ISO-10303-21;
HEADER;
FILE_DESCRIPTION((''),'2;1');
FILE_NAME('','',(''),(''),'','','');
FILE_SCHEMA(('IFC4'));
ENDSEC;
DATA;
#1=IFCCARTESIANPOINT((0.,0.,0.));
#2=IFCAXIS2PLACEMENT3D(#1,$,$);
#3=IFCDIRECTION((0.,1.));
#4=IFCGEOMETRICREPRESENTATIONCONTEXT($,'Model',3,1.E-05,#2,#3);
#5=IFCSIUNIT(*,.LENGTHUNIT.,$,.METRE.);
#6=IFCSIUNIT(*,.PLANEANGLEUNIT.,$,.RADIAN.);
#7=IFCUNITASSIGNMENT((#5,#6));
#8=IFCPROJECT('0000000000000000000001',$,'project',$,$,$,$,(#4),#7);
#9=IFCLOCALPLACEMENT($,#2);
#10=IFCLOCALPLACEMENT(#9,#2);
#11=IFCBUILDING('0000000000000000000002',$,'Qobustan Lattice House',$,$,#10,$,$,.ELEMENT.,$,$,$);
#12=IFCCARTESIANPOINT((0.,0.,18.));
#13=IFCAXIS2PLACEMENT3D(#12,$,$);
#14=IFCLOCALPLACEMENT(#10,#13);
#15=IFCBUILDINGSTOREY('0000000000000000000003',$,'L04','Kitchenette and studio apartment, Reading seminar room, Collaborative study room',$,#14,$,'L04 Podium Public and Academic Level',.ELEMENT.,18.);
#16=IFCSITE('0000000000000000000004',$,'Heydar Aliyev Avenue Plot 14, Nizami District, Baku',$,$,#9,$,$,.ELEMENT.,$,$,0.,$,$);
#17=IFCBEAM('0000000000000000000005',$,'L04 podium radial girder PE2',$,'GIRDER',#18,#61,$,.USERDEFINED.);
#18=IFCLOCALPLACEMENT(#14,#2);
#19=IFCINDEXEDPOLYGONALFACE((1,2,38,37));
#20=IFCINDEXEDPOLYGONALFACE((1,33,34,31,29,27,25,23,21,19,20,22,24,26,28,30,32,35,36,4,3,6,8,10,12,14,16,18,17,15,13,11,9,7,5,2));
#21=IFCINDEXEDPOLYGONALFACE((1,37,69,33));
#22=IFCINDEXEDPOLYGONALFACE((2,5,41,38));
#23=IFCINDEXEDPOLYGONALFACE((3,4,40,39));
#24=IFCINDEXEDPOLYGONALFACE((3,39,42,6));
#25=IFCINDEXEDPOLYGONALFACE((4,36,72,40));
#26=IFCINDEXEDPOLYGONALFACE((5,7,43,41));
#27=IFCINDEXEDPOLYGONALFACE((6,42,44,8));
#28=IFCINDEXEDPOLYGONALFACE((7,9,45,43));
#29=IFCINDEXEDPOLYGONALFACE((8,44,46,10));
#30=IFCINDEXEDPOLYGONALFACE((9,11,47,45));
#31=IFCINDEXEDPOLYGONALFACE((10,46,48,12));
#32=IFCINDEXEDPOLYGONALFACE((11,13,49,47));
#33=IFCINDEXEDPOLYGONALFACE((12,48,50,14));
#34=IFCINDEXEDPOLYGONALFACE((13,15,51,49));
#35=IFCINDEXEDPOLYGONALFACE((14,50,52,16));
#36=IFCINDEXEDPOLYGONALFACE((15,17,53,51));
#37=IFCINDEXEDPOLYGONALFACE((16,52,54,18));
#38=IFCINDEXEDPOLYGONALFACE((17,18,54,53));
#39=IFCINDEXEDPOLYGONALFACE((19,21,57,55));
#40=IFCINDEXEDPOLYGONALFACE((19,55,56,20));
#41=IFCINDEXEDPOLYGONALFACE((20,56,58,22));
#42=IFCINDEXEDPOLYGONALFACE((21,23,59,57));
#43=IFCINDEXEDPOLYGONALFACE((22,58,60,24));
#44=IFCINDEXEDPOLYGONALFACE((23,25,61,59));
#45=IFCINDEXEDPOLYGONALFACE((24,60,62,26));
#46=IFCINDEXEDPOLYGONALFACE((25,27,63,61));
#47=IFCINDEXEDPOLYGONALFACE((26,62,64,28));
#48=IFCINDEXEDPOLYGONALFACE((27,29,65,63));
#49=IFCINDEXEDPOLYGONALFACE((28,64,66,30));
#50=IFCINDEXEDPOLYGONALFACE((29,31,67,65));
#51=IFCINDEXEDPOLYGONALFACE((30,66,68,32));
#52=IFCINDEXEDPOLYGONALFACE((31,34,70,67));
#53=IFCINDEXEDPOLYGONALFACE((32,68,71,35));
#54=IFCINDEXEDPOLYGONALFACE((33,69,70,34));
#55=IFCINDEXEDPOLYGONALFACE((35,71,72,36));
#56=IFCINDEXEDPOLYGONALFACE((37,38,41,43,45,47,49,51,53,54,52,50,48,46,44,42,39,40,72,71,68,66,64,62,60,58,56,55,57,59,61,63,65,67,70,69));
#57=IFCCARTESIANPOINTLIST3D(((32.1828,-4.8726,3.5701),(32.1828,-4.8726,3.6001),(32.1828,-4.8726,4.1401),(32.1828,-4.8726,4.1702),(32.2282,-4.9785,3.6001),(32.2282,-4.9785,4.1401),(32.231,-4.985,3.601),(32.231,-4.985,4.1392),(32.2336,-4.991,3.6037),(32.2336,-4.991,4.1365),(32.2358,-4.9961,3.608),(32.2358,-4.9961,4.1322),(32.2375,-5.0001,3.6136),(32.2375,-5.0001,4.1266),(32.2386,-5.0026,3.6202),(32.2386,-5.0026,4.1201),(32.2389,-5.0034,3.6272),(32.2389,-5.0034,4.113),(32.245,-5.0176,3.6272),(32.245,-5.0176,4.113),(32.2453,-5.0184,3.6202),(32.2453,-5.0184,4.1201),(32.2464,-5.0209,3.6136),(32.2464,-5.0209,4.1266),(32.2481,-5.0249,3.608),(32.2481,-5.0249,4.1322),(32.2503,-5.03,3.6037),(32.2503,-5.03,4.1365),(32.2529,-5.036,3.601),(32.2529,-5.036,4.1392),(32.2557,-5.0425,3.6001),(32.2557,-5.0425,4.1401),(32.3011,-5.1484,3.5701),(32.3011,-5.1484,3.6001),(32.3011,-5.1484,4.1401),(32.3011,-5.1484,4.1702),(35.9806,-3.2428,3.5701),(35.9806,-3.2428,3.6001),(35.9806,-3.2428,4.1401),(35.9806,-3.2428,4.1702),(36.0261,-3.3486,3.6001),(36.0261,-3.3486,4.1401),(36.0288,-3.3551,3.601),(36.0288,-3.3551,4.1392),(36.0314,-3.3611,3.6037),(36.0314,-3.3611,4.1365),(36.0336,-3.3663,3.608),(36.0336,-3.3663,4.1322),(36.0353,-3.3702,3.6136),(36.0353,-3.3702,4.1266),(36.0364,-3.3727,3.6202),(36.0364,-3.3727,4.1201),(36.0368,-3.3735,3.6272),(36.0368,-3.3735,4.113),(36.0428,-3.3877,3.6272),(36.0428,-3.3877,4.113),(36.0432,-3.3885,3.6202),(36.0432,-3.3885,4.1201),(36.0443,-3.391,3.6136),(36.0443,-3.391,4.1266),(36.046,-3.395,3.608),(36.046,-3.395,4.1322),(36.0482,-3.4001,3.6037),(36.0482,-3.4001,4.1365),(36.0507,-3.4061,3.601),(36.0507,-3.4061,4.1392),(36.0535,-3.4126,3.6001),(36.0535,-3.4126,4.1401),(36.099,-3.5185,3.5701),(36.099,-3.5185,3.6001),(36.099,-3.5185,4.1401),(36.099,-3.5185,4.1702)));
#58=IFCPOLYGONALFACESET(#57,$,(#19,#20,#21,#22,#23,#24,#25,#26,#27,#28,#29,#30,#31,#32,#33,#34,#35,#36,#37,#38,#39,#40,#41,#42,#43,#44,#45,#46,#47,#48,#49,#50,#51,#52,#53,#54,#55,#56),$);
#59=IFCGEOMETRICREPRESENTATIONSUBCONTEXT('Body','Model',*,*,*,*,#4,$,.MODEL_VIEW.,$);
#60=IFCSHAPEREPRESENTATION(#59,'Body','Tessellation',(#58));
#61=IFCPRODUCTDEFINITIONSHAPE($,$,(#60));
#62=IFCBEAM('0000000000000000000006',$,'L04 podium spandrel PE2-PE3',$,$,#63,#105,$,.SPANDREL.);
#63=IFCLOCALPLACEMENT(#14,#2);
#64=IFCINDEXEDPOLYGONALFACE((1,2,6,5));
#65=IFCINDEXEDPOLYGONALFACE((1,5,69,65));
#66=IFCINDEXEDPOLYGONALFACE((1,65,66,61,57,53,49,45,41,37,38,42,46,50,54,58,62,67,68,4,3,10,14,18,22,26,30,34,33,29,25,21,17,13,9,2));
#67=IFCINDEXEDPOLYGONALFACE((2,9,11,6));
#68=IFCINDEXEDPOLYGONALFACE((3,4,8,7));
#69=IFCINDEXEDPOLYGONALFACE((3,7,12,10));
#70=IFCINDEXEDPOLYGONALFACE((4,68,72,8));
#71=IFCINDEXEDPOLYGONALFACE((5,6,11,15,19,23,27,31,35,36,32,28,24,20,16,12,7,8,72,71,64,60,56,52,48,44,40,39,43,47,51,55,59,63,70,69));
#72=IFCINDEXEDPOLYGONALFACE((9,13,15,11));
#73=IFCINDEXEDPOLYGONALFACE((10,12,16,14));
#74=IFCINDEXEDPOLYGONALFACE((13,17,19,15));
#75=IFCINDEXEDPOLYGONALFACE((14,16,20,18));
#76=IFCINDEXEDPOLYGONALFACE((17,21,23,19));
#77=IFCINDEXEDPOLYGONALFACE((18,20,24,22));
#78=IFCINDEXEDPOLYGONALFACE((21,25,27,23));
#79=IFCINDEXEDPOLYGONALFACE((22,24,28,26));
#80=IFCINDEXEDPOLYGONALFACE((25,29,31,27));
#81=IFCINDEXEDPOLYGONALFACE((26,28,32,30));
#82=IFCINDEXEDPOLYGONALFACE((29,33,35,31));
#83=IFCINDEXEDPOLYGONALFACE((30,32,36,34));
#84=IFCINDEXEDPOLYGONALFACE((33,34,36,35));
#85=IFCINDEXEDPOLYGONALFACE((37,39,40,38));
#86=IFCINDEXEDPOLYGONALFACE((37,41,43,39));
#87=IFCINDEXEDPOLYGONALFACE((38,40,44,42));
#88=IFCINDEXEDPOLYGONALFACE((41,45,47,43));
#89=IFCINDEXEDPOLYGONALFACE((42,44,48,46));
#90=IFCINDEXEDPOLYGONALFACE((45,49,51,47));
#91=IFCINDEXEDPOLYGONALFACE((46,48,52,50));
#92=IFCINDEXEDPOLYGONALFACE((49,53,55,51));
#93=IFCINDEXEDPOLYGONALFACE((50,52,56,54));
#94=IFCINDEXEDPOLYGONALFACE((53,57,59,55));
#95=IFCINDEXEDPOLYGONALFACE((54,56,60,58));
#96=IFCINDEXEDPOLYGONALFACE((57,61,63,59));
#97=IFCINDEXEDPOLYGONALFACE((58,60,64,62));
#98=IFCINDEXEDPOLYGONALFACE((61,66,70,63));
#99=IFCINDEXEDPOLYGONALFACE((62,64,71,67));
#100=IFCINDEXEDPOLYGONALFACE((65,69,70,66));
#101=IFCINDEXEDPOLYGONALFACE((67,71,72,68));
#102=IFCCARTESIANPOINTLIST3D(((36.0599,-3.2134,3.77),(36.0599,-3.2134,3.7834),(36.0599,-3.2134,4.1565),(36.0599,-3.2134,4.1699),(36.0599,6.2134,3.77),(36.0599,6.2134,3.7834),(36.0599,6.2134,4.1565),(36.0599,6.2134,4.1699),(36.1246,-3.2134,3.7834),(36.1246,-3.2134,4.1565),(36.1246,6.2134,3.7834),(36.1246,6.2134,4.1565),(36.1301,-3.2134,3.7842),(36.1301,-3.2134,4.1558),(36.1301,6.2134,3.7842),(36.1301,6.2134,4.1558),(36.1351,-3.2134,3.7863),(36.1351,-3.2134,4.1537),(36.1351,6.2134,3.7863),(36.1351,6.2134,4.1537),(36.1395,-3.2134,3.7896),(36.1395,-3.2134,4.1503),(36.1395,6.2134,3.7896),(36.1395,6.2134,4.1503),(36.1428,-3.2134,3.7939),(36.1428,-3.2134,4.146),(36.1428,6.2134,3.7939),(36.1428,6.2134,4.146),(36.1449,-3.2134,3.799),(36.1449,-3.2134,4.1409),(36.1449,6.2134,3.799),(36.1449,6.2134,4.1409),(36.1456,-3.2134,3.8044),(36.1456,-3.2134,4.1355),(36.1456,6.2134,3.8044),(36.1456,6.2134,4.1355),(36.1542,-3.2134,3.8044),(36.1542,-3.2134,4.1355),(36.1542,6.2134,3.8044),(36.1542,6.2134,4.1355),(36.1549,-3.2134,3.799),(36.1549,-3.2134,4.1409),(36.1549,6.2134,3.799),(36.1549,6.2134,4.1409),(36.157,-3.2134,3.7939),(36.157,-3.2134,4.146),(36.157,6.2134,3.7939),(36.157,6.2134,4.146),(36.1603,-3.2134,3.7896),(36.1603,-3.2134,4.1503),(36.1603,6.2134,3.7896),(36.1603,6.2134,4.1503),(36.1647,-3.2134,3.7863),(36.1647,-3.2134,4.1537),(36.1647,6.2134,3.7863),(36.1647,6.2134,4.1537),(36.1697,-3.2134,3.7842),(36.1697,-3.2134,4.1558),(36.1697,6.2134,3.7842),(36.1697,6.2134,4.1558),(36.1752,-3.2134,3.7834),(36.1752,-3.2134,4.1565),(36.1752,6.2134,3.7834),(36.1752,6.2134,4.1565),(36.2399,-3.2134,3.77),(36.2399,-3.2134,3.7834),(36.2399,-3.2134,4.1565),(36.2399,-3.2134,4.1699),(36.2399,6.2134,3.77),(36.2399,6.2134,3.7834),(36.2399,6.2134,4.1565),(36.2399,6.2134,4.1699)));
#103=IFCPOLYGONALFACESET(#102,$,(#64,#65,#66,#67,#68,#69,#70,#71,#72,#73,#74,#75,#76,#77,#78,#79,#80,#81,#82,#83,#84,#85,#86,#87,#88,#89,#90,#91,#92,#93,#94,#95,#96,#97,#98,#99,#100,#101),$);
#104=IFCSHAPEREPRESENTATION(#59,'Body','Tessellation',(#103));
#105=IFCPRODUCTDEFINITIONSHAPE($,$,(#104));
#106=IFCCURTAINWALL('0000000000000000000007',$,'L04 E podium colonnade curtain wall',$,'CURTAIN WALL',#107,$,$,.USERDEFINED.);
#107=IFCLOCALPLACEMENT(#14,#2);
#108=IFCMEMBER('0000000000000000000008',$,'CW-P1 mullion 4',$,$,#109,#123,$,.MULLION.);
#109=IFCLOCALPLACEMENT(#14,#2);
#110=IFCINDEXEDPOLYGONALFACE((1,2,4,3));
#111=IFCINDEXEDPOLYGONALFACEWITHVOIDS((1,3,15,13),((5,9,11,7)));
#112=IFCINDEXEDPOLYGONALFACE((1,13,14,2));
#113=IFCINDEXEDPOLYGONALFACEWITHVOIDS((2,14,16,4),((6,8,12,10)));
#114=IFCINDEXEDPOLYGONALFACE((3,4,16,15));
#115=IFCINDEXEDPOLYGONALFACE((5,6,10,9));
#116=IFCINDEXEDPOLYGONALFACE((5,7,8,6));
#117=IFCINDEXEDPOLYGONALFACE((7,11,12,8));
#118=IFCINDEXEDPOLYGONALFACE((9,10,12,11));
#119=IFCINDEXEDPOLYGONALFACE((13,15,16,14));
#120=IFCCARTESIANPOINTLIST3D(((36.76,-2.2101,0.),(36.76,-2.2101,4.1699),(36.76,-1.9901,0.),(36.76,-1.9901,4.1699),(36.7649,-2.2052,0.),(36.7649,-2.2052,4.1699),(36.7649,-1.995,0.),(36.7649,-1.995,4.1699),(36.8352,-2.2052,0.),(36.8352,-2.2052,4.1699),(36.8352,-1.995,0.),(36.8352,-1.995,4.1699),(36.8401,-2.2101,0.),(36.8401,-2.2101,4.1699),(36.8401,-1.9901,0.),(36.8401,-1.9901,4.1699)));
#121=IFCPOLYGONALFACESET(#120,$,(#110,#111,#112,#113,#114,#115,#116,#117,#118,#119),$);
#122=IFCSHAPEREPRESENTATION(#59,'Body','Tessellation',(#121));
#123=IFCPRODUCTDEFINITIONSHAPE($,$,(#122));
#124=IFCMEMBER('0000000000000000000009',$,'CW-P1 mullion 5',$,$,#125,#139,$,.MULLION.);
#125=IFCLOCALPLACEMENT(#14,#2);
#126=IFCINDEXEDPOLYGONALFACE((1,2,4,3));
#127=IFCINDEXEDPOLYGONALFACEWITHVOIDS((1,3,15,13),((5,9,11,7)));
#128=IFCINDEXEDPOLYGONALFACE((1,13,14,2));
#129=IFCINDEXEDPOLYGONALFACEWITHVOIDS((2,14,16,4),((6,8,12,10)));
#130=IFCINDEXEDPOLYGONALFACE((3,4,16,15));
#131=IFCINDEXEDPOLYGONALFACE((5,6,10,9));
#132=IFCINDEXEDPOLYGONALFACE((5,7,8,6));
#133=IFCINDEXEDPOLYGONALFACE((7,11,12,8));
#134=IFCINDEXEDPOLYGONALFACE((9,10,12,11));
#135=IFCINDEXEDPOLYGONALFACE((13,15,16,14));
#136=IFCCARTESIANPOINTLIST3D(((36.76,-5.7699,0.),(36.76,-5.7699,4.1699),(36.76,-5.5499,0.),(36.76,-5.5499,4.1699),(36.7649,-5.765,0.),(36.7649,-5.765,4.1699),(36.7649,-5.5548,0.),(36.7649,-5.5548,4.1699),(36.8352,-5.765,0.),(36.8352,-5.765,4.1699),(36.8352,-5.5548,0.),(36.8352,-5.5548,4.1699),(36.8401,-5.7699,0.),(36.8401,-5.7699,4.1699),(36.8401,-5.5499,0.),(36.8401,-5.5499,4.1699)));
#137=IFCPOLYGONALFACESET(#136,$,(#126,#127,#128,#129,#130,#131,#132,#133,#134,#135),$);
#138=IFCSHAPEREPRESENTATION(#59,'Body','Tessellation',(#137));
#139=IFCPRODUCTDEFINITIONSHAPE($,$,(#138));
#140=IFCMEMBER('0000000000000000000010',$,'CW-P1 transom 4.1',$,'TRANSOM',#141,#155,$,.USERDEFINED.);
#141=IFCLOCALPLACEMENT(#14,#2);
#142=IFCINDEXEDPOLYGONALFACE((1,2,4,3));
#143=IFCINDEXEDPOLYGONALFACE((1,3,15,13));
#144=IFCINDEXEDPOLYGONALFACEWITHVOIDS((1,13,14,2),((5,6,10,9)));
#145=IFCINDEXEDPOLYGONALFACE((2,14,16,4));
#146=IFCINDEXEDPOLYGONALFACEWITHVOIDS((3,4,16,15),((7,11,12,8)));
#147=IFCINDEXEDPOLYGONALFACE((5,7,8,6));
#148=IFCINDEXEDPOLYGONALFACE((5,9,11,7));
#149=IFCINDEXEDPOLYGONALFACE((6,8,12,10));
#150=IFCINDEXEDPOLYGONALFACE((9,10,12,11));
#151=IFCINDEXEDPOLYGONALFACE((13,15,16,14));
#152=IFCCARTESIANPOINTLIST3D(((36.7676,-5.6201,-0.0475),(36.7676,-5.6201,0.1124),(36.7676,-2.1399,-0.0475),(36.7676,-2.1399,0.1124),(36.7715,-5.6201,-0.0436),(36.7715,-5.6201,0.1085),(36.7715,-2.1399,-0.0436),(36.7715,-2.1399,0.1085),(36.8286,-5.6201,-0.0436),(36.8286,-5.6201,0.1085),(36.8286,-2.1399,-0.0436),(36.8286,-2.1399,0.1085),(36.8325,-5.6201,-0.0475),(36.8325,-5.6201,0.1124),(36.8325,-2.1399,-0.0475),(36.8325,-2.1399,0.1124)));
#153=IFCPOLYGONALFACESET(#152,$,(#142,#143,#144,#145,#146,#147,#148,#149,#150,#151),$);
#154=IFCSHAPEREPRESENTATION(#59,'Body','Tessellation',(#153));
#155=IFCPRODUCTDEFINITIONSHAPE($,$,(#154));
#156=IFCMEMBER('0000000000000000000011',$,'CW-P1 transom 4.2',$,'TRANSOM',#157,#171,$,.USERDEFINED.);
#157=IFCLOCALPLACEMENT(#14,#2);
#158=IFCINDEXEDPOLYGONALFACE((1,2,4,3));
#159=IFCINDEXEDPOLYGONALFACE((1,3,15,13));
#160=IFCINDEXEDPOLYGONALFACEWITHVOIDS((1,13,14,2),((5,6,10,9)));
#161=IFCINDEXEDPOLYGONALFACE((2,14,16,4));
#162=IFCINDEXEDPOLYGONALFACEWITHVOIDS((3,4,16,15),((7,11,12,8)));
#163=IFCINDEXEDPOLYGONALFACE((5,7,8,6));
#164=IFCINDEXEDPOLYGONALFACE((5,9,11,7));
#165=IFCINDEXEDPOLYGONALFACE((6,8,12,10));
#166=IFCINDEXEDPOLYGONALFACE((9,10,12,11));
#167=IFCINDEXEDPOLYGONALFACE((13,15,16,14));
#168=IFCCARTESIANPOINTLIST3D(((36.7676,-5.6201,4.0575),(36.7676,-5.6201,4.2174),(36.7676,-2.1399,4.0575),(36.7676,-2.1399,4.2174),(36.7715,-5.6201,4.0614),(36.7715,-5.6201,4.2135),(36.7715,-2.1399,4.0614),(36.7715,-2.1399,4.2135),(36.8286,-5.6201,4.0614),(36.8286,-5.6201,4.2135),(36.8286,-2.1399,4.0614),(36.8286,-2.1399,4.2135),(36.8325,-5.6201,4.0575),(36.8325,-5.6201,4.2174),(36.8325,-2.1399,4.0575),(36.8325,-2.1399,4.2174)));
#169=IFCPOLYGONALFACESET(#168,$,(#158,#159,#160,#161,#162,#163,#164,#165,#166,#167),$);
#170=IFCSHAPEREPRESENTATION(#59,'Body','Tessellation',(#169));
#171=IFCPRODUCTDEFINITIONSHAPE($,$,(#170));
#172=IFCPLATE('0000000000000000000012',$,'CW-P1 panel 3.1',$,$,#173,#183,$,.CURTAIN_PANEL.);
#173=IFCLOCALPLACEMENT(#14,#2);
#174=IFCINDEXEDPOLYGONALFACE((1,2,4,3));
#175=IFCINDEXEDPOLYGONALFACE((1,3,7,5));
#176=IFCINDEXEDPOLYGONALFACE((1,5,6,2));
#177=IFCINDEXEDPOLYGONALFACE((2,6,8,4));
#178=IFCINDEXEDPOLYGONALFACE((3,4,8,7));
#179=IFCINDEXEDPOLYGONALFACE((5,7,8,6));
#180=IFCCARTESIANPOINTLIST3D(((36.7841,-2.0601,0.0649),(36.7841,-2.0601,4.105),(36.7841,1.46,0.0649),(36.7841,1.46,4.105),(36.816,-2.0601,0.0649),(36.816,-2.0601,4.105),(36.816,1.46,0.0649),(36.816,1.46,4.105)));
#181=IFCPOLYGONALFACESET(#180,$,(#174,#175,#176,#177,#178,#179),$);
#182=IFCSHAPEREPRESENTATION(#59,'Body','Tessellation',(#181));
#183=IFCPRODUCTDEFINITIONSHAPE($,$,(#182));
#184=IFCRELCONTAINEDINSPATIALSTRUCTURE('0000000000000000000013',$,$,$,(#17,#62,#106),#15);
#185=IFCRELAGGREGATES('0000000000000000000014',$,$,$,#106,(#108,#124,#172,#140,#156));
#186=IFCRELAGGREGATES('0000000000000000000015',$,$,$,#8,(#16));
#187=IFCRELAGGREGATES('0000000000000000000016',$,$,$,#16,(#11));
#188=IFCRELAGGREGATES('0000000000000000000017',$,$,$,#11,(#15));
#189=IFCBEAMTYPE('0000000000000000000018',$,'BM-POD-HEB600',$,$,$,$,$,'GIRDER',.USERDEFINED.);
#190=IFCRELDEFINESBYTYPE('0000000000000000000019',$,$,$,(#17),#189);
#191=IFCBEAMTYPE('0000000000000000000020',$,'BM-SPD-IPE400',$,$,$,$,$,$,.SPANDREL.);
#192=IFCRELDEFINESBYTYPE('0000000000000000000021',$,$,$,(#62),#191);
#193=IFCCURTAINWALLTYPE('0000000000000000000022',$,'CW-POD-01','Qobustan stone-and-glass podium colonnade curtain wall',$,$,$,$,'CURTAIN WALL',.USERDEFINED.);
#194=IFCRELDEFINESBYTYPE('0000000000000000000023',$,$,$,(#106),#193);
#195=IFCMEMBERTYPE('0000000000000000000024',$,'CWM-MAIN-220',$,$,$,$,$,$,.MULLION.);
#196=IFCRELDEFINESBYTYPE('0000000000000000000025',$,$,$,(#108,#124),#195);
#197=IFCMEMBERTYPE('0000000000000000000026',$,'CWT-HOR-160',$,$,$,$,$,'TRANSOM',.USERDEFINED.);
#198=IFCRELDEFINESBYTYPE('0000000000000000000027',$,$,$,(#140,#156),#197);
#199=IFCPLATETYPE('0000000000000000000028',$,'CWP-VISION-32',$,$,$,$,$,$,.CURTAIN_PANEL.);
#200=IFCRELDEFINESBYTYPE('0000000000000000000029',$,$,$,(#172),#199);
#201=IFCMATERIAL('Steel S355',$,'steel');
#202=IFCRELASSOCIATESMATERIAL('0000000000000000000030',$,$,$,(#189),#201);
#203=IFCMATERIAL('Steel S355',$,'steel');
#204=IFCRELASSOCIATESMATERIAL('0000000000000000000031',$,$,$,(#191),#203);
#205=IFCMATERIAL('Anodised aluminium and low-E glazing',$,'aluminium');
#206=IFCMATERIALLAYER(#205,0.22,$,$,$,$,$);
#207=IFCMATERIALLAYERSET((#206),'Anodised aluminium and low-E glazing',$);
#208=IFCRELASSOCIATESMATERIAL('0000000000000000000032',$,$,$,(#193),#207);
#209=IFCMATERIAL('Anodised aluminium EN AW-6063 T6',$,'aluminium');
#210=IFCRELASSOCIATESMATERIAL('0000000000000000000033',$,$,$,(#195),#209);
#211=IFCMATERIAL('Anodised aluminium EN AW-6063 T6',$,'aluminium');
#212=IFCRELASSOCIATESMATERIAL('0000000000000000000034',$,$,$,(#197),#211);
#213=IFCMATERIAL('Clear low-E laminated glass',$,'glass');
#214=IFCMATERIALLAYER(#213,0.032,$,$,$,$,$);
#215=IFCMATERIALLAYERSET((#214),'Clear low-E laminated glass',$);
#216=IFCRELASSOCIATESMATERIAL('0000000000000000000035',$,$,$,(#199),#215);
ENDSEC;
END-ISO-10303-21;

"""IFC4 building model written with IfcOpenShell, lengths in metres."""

from ifc_helpers import new_model, si_unit, direction, frame, origin, origin_2d, place, context, subcontext, project, spatial, rectangle, hollow_rectangle, i_section, extrude, material, layer, layer_set, material_profile, profile_set, type_object, element, aggregate, save


model = new_model("IFC4")

# Units and contexts
model_context = context("Model", 3, precision=1e-05, world=origin(), true_north=direction((0.0, 1.0)))
body_context = subcontext(model_context, "Body", "Model", "MODEL_VIEW")
ifc_project = project(units=[si_unit("LENGTHUNIT", "METRE"), si_unit("PLANEANGLEUNIT", "RADIAN")], contexts=[model_context])

# Site, building, storey
site_placement = place(None, origin())
site = spatial("IfcSite", under=ifc_project, at=site_placement, Name="Heydar Aliyev Avenue Plot 14, Nizami District, Baku", CompositionType="ELEMENT", RefElevation=0.0)
building_placement = place(site_placement, origin())
building = spatial("IfcBuilding", under=site, at=building_placement, Name="Qobustan Lattice House", CompositionType="ELEMENT")
storey_placement = place(building_placement, frame((0.0, 0.0, 18.0)))
storey = spatial("IfcBuildingStorey", under=building, at=storey_placement, Name="L04", Description="Kitchenette and studio apartment, Reading seminar room, Collaborative study room", LongName="L04 Podium Public and Academic Level", CompositionType="ELEMENT", Elevation=18.0)

# Beams
ifc_material_1 = material(Name="Steel S355", Category="steel")
ifc_material_profile_1 = material_profile(ifc_material_1, i_section(OverallWidth=0.3, OverallDepth=0.6001, WebThickness=0.0154, FlangeThickness=0.03, FilletRadius=0.0271, at=origin_2d()), Name="HEB600")
ifc_profile_set_1 = profile_set([ifc_material_profile_1], Name="Steel S355")
beam_type_1 = type_object("IfcBeamType", Name="BM-POD-HEB600", ElementType="GIRDER", PredefinedType="USERDEFINED", material=ifc_profile_set_1)
beam_1_placement = place(storey_placement, frame((36.0398, -3.3806, 3.8701), z_axis=(-0.918949, -0.394376, 0.0), x_axis=(0.394376, -0.918949, 0.0)))
element("IfcBeam", 1, at=beam_1_placement, inside=storey, type_object=beam_type_1, Name="L04 podium radial girder PE2", ObjectType="GIRDER", PredefinedType="USERDEFINED", context=body_context, shape_type="SweptSolid", body=[
    extrude(i_section(OverallWidth=0.3, OverallDepth=0.6001, WebThickness=0.0154, FlangeThickness=0.03, FilletRadius=0.0271, at=origin_2d()), origin(), (0.0, 0.0, 1.0), 4.1328),
])
ifc_material_2 = material(Name="Steel S355", Category="steel")
ifc_material_profile_2 = material_profile(ifc_material_2, i_section(OverallWidth=0.1799, OverallDepth=0.3999, WebThickness=0.0085, FlangeThickness=0.0134, FilletRadius=0.021, at=origin_2d()), Name="IPE400")
ifc_profile_set_2 = profile_set([ifc_material_profile_2], Name="Steel S355")
beam_type_2 = type_object("IfcBeamType", Name="BM-SPD-IPE400", PredefinedType="SPANDREL", material=ifc_profile_set_2)
beam_2_placement = place(storey_placement, frame((36.1499, -3.2134, 3.97), z_axis=(0.0, 1.0, 0.0), x_axis=(-1.0, 0.0, 0.0)))
element("IfcBeam", 2, at=beam_2_placement, inside=storey, type_object=beam_type_2, Name="L04 podium spandrel PE2-PE3", PredefinedType="SPANDREL", context=body_context, shape_type="SweptSolid", body=[
    extrude(i_section(OverallWidth=0.1799, OverallDepth=0.3999, WebThickness=0.0085, FlangeThickness=0.0134, FilletRadius=0.021, at=origin_2d()), origin(), (0.0, 0.0, 1.0), 9.4268),
])

# Curtain wall, members, plate
ifc_material_3 = material(Name="Anodised aluminium and low-E glazing", Category="aluminium")
ifc_layer_1 = layer(ifc_material_3, 0.22)
ifc_layer_set_1 = layer_set([ifc_layer_1], Name="Anodised aluminium and low-E glazing")
curtain_wall_type = type_object("IfcCurtainWallType", Name="CW-POD-01", Description="Qobustan stone-and-glass podium colonnade curtain wall", ElementType="CURTAIN WALL", PredefinedType="USERDEFINED", material=ifc_layer_set_1)
curtain_wall_placement = place(storey_placement, origin())
curtain_wall = element("IfcCurtainWall", 3, at=curtain_wall_placement, inside=storey, type_object=curtain_wall_type, Name="L04 E podium colonnade curtain wall", ObjectType="CURTAIN WALL", PredefinedType="USERDEFINED")
ifc_material_4 = material(Name="Anodised aluminium EN AW-6063 T6", Category="aluminium")
ifc_material_profile_3 = material_profile(ifc_material_4, hollow_rectangle(XDim=0.0801, YDim=0.22, WallThickness=0.0049, at=origin_2d()), Name="CWM-220x80")
ifc_profile_set_3 = profile_set([ifc_material_profile_3], Name="Anodised aluminium EN AW-6063 T6")
member_type_1 = type_object("IfcMemberType", Name="CWM-MAIN-220", PredefinedType="MULLION", material=ifc_profile_set_3)
member_1_placement = place(storey_placement, frame((36.8, -2.1001, 0.0), z_axis=(0.0, 0.0, 1.0), x_axis=(1.0, 0.0, 0.0)))
member_1 = element("IfcMember", 4, at=member_1_placement, type_object=member_type_1, Name="CW-P1 mullion 4", PredefinedType="MULLION", context=body_context, shape_type="SweptSolid", body=[
    extrude(hollow_rectangle(XDim=0.0801, YDim=0.22, WallThickness=0.0049, at=origin_2d()), origin(), (0.0, 0.0, 1.0), 4.1699),
])
member_2_placement = place(storey_placement, frame((36.8, -5.6599, 0.0), z_axis=(0.0, 0.0, 1.0), x_axis=(1.0, 0.0, 0.0)))
member_2 = element("IfcMember", 5, at=member_2_placement, type_object=member_type_1, Name="CW-P1 mullion 5", PredefinedType="MULLION", context=body_context, shape_type="SweptSolid", body=[
    extrude(hollow_rectangle(XDim=0.0801, YDim=0.22, WallThickness=0.0049, at=origin_2d()), origin(), (0.0, 0.0, 1.0), 4.1699),
])
ifc_material_5 = material(Name="Anodised aluminium EN AW-6063 T6", Category="aluminium")
ifc_material_profile_4 = material_profile(ifc_material_5, hollow_rectangle(XDim=0.0649, YDim=0.1599, WallThickness=0.0039, at=origin_2d()), Name="CWT-160x65")
ifc_profile_set_4 = profile_set([ifc_material_profile_4], Name="Anodised aluminium EN AW-6063 T6")
member_type_2 = type_object("IfcMemberType", Name="CWT-HOR-160", ElementType="TRANSOM", PredefinedType="USERDEFINED", material=ifc_profile_set_4)
member_3_placement = place(storey_placement, frame((36.8, -2.1399, 0.0325), z_axis=(0.0, -1.0, 0.0), x_axis=(1.0, 0.0, 0.0)))
member_3 = element("IfcMember", 6, at=member_3_placement, type_object=member_type_2, Name="CW-P1 transom 4.1", ObjectType="TRANSOM", PredefinedType="USERDEFINED", context=body_context, shape_type="SweptSolid", body=[
    extrude(hollow_rectangle(XDim=0.0649, YDim=0.1599, WallThickness=0.0039, at=origin_2d()), origin(), (0.0, 0.0, 1.0), 3.4802),
])
member_4_placement = place(storey_placement, frame((36.8, -2.1399, 4.1375), z_axis=(0.0, -1.0, 0.0), x_axis=(1.0, 0.0, 0.0)))
member_4 = element("IfcMember", 7, at=member_4_placement, type_object=member_type_2, Name="CW-P1 transom 4.2", ObjectType="TRANSOM", PredefinedType="USERDEFINED", context=body_context, shape_type="SweptSolid", body=[
    extrude(hollow_rectangle(XDim=0.0649, YDim=0.1599, WallThickness=0.0039, at=origin_2d()), origin(), (0.0, 0.0, 1.0), 3.4802),
])
ifc_material_6 = material(Name="Clear low-E laminated glass", Category="glass")
ifc_layer_2 = layer(ifc_material_6, 0.032)
ifc_layer_set_2 = layer_set([ifc_layer_2], Name="Clear low-E laminated glass")
plate_type = type_object("IfcPlateType", Name="CWP-VISION-32", PredefinedType="CURTAIN_PANEL", material=ifc_layer_set_2)
plate_1_placement = place(storey_placement, frame((36.8, -0.3, 0.0649), z_axis=(0.0, 0.0, 1.0), x_axis=(0.0, -1.0, 0.0)))
plate_1 = element("IfcPlate", 8, at=plate_1_placement, type_object=plate_type, Name="CW-P1 panel 3.1", PredefinedType="CURTAIN_PANEL", context=body_context, shape_type="SweptSolid", body=[
    extrude(rectangle(XDim=3.52, YDim=0.032, at=origin_2d()), origin(), (0.0, 0.0, 1.0), 4.04),
])
aggregate(curtain_wall, [member_1, member_2, plate_1, member_3, member_4])

save(model, "model.ifc")
